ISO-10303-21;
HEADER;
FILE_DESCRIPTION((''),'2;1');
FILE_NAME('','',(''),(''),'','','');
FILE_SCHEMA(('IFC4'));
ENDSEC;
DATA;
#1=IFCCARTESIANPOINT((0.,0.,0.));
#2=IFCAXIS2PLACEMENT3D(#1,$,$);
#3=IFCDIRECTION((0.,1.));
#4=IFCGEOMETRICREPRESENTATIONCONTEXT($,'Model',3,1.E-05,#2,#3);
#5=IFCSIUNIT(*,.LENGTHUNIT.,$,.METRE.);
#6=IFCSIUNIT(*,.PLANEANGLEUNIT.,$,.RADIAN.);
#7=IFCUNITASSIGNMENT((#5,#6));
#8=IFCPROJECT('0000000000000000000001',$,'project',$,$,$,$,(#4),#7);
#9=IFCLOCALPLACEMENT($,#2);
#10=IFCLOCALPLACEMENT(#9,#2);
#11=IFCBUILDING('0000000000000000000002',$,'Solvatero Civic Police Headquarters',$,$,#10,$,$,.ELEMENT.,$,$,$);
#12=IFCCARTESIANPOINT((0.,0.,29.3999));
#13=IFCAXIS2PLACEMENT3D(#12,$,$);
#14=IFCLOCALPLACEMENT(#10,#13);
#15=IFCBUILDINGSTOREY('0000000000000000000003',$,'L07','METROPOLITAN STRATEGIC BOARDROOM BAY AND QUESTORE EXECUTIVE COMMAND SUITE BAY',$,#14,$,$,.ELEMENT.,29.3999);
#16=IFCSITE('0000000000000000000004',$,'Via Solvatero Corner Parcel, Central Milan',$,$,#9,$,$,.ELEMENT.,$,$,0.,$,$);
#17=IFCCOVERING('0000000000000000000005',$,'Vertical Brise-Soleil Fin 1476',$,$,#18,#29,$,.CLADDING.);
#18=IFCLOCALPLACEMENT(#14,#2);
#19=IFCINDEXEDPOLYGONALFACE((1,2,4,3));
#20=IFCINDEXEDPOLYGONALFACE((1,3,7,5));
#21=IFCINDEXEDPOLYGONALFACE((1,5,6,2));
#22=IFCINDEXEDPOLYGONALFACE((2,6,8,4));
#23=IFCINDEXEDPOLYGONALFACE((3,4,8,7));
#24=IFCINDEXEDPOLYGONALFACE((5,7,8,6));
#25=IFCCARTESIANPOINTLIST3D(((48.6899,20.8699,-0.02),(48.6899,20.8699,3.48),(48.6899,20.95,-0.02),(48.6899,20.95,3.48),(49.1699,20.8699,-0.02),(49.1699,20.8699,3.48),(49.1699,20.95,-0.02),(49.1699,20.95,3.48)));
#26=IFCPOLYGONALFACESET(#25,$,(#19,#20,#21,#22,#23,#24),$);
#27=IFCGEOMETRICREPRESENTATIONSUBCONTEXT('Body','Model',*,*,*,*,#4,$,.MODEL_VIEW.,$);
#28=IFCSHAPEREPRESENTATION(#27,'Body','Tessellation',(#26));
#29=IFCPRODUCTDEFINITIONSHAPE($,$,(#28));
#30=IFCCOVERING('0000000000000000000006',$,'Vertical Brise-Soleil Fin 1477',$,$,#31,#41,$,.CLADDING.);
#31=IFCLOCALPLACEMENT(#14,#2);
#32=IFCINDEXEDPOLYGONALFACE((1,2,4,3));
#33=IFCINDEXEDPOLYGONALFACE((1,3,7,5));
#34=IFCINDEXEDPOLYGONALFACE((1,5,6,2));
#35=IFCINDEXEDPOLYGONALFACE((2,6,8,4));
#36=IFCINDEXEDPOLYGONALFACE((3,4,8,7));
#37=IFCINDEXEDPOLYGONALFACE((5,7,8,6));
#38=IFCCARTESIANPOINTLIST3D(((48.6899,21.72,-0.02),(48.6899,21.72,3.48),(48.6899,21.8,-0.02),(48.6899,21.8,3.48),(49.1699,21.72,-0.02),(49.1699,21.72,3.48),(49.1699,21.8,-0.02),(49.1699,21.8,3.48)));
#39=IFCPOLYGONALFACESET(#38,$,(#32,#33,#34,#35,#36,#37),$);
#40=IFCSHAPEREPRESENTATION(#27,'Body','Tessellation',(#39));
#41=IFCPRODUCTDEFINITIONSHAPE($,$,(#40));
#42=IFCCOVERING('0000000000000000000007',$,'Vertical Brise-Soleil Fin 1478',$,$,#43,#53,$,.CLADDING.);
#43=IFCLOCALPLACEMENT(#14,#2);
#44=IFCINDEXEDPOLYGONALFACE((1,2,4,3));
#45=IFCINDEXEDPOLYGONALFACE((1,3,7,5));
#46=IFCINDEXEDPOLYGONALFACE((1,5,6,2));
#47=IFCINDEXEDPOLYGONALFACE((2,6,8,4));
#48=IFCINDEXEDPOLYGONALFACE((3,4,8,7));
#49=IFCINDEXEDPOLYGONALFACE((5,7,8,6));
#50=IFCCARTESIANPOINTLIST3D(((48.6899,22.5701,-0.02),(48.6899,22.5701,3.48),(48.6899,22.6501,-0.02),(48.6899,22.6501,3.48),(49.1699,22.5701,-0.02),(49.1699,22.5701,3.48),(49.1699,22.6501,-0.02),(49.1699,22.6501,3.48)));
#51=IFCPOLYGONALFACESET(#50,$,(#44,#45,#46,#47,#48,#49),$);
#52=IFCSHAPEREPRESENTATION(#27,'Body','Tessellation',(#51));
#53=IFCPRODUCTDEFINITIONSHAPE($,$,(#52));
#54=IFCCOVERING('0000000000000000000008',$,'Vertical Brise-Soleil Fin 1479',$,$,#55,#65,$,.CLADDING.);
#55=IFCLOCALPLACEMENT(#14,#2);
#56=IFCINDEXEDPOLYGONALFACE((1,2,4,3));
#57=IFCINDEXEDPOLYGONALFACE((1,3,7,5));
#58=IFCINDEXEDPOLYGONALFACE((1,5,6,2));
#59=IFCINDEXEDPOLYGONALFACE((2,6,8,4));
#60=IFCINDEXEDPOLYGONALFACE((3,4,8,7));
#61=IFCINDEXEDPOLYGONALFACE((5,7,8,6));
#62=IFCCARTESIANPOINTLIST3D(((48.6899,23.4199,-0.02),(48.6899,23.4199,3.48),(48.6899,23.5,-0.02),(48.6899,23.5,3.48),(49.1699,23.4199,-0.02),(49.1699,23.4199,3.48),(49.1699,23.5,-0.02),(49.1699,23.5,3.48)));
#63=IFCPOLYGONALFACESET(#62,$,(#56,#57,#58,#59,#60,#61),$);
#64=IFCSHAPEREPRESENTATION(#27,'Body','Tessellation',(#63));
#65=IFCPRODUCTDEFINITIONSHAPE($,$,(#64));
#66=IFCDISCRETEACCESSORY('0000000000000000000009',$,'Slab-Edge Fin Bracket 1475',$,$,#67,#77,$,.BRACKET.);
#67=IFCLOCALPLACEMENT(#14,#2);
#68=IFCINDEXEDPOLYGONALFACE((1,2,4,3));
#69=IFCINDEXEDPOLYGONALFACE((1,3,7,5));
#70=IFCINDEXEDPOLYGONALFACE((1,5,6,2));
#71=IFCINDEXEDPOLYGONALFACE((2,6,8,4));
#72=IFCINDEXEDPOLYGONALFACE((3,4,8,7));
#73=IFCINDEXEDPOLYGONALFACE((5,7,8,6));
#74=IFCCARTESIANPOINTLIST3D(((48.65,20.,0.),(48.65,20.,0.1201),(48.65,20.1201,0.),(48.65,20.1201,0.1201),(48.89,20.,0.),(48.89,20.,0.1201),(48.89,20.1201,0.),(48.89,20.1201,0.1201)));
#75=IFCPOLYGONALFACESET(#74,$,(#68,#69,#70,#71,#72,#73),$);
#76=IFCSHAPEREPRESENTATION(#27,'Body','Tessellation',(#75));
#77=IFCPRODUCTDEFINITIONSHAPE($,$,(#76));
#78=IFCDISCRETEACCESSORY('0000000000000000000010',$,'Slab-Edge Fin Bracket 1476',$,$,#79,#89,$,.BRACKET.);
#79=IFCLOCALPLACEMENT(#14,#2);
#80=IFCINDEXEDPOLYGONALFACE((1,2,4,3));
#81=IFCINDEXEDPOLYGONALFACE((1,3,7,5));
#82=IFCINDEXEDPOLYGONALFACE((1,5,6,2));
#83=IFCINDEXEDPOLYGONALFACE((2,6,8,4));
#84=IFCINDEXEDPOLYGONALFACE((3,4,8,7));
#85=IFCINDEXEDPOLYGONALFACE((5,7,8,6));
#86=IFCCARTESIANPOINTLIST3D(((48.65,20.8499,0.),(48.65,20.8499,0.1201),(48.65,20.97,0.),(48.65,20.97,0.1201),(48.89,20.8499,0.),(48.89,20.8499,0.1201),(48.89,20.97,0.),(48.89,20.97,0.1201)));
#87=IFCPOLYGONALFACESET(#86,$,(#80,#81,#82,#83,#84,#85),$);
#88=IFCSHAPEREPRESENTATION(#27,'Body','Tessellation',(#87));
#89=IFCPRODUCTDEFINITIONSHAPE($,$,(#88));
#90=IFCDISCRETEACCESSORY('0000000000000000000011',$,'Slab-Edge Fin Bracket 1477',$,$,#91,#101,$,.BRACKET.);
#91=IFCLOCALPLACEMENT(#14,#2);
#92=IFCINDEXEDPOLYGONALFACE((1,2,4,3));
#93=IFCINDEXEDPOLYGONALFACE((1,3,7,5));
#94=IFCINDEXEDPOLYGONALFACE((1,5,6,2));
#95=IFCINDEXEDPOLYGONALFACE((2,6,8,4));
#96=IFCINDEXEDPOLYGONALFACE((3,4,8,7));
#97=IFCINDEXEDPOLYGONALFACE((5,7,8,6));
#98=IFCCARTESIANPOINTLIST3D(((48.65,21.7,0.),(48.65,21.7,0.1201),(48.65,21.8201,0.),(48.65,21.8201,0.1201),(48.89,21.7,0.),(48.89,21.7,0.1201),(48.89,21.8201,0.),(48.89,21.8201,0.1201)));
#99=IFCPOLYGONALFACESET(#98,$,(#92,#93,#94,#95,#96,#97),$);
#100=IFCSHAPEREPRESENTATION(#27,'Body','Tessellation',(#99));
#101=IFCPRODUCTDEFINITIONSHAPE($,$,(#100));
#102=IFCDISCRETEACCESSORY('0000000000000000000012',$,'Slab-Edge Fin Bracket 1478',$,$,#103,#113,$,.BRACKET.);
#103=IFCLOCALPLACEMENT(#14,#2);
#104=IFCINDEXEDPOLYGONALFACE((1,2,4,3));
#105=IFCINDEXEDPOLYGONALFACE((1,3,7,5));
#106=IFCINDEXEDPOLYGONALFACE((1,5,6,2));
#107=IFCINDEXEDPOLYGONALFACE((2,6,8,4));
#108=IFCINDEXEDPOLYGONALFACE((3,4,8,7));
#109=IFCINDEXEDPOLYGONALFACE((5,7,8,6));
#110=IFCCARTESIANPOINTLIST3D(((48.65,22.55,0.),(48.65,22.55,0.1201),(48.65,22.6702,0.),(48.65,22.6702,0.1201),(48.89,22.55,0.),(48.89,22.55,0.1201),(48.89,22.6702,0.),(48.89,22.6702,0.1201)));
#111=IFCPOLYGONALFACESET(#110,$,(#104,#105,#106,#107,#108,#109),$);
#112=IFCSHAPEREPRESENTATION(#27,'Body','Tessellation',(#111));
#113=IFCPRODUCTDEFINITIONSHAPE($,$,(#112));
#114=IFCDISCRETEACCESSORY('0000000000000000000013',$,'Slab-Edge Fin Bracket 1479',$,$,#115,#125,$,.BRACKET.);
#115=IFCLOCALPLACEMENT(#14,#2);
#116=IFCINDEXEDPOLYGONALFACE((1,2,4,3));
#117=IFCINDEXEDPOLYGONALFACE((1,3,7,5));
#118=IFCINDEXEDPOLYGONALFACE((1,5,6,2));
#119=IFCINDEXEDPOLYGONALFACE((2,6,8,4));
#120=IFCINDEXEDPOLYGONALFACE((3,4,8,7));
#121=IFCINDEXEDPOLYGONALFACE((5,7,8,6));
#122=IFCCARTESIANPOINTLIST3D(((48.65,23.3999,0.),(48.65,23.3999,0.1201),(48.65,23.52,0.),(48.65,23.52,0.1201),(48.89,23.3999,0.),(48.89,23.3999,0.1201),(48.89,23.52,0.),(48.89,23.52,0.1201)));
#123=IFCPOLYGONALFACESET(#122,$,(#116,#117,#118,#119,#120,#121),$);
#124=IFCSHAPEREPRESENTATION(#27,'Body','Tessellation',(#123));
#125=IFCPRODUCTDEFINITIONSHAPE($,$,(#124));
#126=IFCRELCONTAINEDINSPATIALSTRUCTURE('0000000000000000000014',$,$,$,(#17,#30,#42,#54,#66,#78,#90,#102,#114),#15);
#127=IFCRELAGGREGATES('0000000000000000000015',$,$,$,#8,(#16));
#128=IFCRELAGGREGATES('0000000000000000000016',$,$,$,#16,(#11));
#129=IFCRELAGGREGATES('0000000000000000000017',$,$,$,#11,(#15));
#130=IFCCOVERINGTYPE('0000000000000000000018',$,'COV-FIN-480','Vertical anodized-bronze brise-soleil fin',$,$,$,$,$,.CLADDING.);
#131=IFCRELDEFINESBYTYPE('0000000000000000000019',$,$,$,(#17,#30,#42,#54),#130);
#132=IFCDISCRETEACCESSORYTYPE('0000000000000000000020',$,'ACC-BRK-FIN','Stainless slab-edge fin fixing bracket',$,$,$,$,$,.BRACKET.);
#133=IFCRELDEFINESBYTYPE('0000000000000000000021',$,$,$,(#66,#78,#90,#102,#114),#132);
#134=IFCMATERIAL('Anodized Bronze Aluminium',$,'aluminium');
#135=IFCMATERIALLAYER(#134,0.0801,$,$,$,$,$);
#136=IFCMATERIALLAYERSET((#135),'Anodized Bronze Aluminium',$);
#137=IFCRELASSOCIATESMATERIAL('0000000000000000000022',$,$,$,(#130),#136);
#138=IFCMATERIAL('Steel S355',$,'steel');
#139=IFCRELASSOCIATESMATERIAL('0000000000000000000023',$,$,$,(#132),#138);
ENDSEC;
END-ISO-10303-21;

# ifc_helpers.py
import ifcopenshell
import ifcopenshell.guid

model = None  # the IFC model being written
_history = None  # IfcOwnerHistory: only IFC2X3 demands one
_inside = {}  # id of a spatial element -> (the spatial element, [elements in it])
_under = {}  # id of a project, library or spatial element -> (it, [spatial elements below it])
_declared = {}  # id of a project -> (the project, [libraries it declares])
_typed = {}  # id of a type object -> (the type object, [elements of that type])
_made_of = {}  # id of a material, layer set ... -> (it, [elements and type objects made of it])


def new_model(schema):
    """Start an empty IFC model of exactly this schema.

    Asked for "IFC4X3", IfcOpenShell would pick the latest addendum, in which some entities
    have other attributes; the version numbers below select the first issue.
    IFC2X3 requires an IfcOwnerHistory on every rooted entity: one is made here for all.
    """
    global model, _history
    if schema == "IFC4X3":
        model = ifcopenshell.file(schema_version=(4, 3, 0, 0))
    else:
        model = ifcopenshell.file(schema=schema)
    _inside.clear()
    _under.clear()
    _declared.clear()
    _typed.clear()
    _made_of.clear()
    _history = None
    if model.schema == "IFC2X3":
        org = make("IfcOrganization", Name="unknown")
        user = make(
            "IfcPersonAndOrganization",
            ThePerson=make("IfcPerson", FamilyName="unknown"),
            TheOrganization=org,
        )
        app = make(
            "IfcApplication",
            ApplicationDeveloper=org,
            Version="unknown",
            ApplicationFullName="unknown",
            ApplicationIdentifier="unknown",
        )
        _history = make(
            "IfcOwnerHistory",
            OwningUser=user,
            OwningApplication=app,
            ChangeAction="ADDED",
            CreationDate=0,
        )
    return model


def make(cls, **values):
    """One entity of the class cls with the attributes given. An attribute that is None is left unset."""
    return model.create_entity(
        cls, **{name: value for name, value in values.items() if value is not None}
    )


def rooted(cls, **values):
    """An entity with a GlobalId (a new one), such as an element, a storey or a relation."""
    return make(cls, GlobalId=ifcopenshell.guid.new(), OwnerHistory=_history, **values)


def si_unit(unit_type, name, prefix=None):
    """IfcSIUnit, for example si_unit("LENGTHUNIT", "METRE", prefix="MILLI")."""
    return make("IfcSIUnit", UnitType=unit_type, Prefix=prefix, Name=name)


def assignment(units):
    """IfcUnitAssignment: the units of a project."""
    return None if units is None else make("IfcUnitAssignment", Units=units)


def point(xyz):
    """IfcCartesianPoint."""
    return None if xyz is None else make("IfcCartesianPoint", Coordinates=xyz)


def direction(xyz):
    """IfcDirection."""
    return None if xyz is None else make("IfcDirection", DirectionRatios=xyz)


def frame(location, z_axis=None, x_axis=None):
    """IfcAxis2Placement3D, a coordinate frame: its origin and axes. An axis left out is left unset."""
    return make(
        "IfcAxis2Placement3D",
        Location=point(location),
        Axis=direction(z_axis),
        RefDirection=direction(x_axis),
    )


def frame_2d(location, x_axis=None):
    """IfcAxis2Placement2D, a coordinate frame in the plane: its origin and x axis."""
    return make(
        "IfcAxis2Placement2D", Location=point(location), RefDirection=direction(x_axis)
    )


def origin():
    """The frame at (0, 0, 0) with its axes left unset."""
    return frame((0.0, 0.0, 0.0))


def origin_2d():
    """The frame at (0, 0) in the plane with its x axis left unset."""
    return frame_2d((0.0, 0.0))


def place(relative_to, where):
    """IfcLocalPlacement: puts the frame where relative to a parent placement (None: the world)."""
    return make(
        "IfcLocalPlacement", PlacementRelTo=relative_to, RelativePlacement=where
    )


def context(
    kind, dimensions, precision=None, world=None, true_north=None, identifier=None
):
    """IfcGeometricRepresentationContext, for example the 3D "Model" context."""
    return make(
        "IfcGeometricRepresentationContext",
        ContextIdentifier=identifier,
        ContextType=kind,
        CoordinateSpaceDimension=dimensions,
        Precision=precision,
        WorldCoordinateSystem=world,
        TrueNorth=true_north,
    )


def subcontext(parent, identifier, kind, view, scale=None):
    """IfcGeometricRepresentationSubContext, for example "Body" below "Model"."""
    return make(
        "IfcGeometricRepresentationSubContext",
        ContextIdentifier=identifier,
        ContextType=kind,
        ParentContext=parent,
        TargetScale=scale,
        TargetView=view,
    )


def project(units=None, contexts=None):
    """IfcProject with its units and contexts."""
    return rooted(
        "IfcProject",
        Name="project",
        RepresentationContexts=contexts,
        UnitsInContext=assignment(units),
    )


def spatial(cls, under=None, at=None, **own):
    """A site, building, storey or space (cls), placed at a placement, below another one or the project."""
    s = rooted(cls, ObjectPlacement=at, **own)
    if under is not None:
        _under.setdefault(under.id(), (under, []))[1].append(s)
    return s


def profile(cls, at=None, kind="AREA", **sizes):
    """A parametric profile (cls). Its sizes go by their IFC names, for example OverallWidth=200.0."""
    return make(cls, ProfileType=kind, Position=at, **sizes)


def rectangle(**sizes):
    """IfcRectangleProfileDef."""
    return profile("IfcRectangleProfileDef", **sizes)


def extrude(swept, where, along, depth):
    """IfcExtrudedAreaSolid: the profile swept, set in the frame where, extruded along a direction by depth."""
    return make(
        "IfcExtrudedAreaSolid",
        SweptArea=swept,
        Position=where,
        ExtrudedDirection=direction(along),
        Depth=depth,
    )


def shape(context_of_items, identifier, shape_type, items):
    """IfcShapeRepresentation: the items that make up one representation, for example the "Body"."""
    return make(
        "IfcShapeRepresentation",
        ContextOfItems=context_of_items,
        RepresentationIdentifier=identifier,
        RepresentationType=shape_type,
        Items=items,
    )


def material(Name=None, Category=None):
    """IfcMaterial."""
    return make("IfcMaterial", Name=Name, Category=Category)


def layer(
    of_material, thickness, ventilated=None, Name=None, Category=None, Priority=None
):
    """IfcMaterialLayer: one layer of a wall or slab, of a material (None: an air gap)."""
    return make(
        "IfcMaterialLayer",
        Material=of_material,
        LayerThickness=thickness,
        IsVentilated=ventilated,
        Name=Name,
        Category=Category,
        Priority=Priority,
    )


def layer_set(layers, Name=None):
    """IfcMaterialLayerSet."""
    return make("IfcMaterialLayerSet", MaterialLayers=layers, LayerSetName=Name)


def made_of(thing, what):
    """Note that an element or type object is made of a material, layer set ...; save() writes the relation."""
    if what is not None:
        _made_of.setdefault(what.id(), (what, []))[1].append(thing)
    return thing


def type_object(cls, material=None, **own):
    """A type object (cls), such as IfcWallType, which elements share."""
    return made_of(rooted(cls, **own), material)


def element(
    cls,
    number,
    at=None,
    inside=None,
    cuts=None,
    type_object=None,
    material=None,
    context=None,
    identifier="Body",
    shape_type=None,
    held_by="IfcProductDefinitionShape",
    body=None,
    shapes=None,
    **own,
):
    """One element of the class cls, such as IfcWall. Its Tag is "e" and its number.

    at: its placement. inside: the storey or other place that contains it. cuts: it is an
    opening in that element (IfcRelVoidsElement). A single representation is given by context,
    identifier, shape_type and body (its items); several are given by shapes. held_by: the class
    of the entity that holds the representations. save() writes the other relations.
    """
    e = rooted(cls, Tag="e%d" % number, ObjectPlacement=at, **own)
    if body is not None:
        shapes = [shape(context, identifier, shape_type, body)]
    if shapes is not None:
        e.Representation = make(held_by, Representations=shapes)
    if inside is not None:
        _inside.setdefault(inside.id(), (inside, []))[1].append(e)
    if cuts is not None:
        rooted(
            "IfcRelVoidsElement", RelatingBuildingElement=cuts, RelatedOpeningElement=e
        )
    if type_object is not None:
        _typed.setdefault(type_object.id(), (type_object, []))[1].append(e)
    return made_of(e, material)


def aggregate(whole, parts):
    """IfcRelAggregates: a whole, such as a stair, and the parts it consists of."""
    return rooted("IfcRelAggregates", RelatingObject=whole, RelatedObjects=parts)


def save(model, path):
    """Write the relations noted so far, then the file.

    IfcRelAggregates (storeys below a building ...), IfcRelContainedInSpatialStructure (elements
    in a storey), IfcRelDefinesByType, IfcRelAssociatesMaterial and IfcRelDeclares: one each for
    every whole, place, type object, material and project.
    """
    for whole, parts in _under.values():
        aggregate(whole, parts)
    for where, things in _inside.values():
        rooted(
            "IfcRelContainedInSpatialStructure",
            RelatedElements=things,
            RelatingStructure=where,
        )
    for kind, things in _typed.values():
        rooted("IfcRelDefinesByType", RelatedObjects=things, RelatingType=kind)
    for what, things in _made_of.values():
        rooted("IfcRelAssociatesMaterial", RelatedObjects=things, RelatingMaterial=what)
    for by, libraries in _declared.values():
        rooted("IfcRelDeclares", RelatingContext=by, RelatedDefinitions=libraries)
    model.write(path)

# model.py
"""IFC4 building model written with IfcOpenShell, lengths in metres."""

from ifc_helpers import new_model, si_unit, direction, frame, origin, origin_2d, place, context, subcontext, project, spatial, rectangle, extrude, material, layer, layer_set, type_object, element, save


model = new_model("IFC4")

# Units and contexts
model_context = context("Model", 3, precision=1e-05, world=origin(), true_north=direction((0.0, 1.0)))
body_context = subcontext(model_context, "Body", "Model", "MODEL_VIEW")
ifc_project = project(units=[si_unit("LENGTHUNIT", "METRE"), si_unit("PLANEANGLEUNIT", "RADIAN")], contexts=[model_context])

# Site, building, storey
site_placement = place(None, origin())
site = spatial("IfcSite", under=ifc_project, at=site_placement, Name="Via Solvatero Corner Parcel, Central Milan", CompositionType="ELEMENT", RefElevation=0.0)
building_placement = place(site_placement, origin())
building = spatial("IfcBuilding", under=site, at=building_placement, Name="Solvatero Civic Police Headquarters", CompositionType="ELEMENT")
storey_placement = place(building_placement, frame((0.0, 0.0, 29.3999)))
storey = spatial("IfcBuildingStorey", under=building, at=storey_placement, Name="L07", Description="METROPOLITAN STRATEGIC BOARDROOM BAY AND QUESTORE EXECUTIVE COMMAND SUITE BAY", CompositionType="ELEMENT", Elevation=29.3999)

# Shared definitions
ifc_material_1 = material(Name="Anodized Bronze Aluminium", Category="aluminium")

# Coverings
ifc_layer_1 = layer(ifc_material_1, 0.0801)
ifc_layer_set_1 = layer_set([ifc_layer_1], Name="Anodized Bronze Aluminium")
covering_type = type_object("IfcCoveringType", Name="COV-FIN-480", Description="Vertical anodized-bronze brise-soleil fin", PredefinedType="CLADDING", material=ifc_layer_set_1)
for number, where, z_axis, x_axis, name in (
    (1, (48.9299, 20.9099, -0.02), (0.0, 0.0, 1.0), (0.0, 1.0, 0.0), "Vertical Brise-Soleil Fin 1476"),
    (2, (48.9299, 21.76, -0.02), (0.0, 0.0, 1.0), (0.0, 1.0, 0.0), "Vertical Brise-Soleil Fin 1477"),
    (3, (48.9299, 22.6101, -0.02), (0.0, 0.0, 1.0), (0.0, 1.0, 0.0), "Vertical Brise-Soleil Fin 1478"),
    (4, (48.9299, 23.46, -0.02), (0.0, 0.0, 1.0), (0.0, 1.0, 0.0), "Vertical Brise-Soleil Fin 1479"),
):
    element("IfcCovering", number, at=place(storey_placement, frame(where, z_axis=z_axis, x_axis=x_axis)), inside=storey, type_object=covering_type, Name=name, PredefinedType="CLADDING", context=body_context, shape_type="SweptSolid", body=[
        extrude(rectangle(XDim=0.0801, YDim=0.48, at=origin_2d()), origin(), (0.0, 0.0, 1.0), 3.5),
    ])

# Discrete accessories
ifc_material_2 = material(Name="Steel S355", Category="steel")
discrete_accessory_type = type_object("IfcDiscreteAccessoryType", Name="ACC-BRK-FIN", Description="Stainless slab-edge fin fixing bracket", PredefinedType="BRACKET", material=ifc_material_2)
for number, where, z_axis, x_axis, name in (
    (5, (48.77, 20.0601, 0.0), (0.0, 0.0, 1.0), (0.0, 1.0, 0.0), "Slab-Edge Fin Bracket 1475"),
    (6, (48.77, 20.9099, 0.0), (0.0, 0.0, 1.0), (0.0, 1.0, 0.0), "Slab-Edge Fin Bracket 1476"),
    (7, (48.77, 21.76, 0.0), (0.0, 0.0, 1.0), (0.0, 1.0, 0.0), "Slab-Edge Fin Bracket 1477"),
    (8, (48.77, 22.6101, 0.0), (0.0, 0.0, 1.0), (0.0, 1.0, 0.0), "Slab-Edge Fin Bracket 1478"),
    (9, (48.77, 23.46, 0.0), (0.0, 0.0, 1.0), (0.0, 1.0, 0.0), "Slab-Edge Fin Bracket 1479"),
):
    element("IfcDiscreteAccessory", number, at=place(storey_placement, frame(where, z_axis=z_axis, x_axis=x_axis)), inside=storey, type_object=discrete_accessory_type, Name=name, PredefinedType="BRACKET", context=body_context, shape_type="SweptSolid", body=[
        extrude(rectangle(XDim=0.1201, YDim=0.24, at=origin_2d()), origin(), (0.0, 0.0, 1.0), 0.1201),
    ])

save(model, "model.ifc")
